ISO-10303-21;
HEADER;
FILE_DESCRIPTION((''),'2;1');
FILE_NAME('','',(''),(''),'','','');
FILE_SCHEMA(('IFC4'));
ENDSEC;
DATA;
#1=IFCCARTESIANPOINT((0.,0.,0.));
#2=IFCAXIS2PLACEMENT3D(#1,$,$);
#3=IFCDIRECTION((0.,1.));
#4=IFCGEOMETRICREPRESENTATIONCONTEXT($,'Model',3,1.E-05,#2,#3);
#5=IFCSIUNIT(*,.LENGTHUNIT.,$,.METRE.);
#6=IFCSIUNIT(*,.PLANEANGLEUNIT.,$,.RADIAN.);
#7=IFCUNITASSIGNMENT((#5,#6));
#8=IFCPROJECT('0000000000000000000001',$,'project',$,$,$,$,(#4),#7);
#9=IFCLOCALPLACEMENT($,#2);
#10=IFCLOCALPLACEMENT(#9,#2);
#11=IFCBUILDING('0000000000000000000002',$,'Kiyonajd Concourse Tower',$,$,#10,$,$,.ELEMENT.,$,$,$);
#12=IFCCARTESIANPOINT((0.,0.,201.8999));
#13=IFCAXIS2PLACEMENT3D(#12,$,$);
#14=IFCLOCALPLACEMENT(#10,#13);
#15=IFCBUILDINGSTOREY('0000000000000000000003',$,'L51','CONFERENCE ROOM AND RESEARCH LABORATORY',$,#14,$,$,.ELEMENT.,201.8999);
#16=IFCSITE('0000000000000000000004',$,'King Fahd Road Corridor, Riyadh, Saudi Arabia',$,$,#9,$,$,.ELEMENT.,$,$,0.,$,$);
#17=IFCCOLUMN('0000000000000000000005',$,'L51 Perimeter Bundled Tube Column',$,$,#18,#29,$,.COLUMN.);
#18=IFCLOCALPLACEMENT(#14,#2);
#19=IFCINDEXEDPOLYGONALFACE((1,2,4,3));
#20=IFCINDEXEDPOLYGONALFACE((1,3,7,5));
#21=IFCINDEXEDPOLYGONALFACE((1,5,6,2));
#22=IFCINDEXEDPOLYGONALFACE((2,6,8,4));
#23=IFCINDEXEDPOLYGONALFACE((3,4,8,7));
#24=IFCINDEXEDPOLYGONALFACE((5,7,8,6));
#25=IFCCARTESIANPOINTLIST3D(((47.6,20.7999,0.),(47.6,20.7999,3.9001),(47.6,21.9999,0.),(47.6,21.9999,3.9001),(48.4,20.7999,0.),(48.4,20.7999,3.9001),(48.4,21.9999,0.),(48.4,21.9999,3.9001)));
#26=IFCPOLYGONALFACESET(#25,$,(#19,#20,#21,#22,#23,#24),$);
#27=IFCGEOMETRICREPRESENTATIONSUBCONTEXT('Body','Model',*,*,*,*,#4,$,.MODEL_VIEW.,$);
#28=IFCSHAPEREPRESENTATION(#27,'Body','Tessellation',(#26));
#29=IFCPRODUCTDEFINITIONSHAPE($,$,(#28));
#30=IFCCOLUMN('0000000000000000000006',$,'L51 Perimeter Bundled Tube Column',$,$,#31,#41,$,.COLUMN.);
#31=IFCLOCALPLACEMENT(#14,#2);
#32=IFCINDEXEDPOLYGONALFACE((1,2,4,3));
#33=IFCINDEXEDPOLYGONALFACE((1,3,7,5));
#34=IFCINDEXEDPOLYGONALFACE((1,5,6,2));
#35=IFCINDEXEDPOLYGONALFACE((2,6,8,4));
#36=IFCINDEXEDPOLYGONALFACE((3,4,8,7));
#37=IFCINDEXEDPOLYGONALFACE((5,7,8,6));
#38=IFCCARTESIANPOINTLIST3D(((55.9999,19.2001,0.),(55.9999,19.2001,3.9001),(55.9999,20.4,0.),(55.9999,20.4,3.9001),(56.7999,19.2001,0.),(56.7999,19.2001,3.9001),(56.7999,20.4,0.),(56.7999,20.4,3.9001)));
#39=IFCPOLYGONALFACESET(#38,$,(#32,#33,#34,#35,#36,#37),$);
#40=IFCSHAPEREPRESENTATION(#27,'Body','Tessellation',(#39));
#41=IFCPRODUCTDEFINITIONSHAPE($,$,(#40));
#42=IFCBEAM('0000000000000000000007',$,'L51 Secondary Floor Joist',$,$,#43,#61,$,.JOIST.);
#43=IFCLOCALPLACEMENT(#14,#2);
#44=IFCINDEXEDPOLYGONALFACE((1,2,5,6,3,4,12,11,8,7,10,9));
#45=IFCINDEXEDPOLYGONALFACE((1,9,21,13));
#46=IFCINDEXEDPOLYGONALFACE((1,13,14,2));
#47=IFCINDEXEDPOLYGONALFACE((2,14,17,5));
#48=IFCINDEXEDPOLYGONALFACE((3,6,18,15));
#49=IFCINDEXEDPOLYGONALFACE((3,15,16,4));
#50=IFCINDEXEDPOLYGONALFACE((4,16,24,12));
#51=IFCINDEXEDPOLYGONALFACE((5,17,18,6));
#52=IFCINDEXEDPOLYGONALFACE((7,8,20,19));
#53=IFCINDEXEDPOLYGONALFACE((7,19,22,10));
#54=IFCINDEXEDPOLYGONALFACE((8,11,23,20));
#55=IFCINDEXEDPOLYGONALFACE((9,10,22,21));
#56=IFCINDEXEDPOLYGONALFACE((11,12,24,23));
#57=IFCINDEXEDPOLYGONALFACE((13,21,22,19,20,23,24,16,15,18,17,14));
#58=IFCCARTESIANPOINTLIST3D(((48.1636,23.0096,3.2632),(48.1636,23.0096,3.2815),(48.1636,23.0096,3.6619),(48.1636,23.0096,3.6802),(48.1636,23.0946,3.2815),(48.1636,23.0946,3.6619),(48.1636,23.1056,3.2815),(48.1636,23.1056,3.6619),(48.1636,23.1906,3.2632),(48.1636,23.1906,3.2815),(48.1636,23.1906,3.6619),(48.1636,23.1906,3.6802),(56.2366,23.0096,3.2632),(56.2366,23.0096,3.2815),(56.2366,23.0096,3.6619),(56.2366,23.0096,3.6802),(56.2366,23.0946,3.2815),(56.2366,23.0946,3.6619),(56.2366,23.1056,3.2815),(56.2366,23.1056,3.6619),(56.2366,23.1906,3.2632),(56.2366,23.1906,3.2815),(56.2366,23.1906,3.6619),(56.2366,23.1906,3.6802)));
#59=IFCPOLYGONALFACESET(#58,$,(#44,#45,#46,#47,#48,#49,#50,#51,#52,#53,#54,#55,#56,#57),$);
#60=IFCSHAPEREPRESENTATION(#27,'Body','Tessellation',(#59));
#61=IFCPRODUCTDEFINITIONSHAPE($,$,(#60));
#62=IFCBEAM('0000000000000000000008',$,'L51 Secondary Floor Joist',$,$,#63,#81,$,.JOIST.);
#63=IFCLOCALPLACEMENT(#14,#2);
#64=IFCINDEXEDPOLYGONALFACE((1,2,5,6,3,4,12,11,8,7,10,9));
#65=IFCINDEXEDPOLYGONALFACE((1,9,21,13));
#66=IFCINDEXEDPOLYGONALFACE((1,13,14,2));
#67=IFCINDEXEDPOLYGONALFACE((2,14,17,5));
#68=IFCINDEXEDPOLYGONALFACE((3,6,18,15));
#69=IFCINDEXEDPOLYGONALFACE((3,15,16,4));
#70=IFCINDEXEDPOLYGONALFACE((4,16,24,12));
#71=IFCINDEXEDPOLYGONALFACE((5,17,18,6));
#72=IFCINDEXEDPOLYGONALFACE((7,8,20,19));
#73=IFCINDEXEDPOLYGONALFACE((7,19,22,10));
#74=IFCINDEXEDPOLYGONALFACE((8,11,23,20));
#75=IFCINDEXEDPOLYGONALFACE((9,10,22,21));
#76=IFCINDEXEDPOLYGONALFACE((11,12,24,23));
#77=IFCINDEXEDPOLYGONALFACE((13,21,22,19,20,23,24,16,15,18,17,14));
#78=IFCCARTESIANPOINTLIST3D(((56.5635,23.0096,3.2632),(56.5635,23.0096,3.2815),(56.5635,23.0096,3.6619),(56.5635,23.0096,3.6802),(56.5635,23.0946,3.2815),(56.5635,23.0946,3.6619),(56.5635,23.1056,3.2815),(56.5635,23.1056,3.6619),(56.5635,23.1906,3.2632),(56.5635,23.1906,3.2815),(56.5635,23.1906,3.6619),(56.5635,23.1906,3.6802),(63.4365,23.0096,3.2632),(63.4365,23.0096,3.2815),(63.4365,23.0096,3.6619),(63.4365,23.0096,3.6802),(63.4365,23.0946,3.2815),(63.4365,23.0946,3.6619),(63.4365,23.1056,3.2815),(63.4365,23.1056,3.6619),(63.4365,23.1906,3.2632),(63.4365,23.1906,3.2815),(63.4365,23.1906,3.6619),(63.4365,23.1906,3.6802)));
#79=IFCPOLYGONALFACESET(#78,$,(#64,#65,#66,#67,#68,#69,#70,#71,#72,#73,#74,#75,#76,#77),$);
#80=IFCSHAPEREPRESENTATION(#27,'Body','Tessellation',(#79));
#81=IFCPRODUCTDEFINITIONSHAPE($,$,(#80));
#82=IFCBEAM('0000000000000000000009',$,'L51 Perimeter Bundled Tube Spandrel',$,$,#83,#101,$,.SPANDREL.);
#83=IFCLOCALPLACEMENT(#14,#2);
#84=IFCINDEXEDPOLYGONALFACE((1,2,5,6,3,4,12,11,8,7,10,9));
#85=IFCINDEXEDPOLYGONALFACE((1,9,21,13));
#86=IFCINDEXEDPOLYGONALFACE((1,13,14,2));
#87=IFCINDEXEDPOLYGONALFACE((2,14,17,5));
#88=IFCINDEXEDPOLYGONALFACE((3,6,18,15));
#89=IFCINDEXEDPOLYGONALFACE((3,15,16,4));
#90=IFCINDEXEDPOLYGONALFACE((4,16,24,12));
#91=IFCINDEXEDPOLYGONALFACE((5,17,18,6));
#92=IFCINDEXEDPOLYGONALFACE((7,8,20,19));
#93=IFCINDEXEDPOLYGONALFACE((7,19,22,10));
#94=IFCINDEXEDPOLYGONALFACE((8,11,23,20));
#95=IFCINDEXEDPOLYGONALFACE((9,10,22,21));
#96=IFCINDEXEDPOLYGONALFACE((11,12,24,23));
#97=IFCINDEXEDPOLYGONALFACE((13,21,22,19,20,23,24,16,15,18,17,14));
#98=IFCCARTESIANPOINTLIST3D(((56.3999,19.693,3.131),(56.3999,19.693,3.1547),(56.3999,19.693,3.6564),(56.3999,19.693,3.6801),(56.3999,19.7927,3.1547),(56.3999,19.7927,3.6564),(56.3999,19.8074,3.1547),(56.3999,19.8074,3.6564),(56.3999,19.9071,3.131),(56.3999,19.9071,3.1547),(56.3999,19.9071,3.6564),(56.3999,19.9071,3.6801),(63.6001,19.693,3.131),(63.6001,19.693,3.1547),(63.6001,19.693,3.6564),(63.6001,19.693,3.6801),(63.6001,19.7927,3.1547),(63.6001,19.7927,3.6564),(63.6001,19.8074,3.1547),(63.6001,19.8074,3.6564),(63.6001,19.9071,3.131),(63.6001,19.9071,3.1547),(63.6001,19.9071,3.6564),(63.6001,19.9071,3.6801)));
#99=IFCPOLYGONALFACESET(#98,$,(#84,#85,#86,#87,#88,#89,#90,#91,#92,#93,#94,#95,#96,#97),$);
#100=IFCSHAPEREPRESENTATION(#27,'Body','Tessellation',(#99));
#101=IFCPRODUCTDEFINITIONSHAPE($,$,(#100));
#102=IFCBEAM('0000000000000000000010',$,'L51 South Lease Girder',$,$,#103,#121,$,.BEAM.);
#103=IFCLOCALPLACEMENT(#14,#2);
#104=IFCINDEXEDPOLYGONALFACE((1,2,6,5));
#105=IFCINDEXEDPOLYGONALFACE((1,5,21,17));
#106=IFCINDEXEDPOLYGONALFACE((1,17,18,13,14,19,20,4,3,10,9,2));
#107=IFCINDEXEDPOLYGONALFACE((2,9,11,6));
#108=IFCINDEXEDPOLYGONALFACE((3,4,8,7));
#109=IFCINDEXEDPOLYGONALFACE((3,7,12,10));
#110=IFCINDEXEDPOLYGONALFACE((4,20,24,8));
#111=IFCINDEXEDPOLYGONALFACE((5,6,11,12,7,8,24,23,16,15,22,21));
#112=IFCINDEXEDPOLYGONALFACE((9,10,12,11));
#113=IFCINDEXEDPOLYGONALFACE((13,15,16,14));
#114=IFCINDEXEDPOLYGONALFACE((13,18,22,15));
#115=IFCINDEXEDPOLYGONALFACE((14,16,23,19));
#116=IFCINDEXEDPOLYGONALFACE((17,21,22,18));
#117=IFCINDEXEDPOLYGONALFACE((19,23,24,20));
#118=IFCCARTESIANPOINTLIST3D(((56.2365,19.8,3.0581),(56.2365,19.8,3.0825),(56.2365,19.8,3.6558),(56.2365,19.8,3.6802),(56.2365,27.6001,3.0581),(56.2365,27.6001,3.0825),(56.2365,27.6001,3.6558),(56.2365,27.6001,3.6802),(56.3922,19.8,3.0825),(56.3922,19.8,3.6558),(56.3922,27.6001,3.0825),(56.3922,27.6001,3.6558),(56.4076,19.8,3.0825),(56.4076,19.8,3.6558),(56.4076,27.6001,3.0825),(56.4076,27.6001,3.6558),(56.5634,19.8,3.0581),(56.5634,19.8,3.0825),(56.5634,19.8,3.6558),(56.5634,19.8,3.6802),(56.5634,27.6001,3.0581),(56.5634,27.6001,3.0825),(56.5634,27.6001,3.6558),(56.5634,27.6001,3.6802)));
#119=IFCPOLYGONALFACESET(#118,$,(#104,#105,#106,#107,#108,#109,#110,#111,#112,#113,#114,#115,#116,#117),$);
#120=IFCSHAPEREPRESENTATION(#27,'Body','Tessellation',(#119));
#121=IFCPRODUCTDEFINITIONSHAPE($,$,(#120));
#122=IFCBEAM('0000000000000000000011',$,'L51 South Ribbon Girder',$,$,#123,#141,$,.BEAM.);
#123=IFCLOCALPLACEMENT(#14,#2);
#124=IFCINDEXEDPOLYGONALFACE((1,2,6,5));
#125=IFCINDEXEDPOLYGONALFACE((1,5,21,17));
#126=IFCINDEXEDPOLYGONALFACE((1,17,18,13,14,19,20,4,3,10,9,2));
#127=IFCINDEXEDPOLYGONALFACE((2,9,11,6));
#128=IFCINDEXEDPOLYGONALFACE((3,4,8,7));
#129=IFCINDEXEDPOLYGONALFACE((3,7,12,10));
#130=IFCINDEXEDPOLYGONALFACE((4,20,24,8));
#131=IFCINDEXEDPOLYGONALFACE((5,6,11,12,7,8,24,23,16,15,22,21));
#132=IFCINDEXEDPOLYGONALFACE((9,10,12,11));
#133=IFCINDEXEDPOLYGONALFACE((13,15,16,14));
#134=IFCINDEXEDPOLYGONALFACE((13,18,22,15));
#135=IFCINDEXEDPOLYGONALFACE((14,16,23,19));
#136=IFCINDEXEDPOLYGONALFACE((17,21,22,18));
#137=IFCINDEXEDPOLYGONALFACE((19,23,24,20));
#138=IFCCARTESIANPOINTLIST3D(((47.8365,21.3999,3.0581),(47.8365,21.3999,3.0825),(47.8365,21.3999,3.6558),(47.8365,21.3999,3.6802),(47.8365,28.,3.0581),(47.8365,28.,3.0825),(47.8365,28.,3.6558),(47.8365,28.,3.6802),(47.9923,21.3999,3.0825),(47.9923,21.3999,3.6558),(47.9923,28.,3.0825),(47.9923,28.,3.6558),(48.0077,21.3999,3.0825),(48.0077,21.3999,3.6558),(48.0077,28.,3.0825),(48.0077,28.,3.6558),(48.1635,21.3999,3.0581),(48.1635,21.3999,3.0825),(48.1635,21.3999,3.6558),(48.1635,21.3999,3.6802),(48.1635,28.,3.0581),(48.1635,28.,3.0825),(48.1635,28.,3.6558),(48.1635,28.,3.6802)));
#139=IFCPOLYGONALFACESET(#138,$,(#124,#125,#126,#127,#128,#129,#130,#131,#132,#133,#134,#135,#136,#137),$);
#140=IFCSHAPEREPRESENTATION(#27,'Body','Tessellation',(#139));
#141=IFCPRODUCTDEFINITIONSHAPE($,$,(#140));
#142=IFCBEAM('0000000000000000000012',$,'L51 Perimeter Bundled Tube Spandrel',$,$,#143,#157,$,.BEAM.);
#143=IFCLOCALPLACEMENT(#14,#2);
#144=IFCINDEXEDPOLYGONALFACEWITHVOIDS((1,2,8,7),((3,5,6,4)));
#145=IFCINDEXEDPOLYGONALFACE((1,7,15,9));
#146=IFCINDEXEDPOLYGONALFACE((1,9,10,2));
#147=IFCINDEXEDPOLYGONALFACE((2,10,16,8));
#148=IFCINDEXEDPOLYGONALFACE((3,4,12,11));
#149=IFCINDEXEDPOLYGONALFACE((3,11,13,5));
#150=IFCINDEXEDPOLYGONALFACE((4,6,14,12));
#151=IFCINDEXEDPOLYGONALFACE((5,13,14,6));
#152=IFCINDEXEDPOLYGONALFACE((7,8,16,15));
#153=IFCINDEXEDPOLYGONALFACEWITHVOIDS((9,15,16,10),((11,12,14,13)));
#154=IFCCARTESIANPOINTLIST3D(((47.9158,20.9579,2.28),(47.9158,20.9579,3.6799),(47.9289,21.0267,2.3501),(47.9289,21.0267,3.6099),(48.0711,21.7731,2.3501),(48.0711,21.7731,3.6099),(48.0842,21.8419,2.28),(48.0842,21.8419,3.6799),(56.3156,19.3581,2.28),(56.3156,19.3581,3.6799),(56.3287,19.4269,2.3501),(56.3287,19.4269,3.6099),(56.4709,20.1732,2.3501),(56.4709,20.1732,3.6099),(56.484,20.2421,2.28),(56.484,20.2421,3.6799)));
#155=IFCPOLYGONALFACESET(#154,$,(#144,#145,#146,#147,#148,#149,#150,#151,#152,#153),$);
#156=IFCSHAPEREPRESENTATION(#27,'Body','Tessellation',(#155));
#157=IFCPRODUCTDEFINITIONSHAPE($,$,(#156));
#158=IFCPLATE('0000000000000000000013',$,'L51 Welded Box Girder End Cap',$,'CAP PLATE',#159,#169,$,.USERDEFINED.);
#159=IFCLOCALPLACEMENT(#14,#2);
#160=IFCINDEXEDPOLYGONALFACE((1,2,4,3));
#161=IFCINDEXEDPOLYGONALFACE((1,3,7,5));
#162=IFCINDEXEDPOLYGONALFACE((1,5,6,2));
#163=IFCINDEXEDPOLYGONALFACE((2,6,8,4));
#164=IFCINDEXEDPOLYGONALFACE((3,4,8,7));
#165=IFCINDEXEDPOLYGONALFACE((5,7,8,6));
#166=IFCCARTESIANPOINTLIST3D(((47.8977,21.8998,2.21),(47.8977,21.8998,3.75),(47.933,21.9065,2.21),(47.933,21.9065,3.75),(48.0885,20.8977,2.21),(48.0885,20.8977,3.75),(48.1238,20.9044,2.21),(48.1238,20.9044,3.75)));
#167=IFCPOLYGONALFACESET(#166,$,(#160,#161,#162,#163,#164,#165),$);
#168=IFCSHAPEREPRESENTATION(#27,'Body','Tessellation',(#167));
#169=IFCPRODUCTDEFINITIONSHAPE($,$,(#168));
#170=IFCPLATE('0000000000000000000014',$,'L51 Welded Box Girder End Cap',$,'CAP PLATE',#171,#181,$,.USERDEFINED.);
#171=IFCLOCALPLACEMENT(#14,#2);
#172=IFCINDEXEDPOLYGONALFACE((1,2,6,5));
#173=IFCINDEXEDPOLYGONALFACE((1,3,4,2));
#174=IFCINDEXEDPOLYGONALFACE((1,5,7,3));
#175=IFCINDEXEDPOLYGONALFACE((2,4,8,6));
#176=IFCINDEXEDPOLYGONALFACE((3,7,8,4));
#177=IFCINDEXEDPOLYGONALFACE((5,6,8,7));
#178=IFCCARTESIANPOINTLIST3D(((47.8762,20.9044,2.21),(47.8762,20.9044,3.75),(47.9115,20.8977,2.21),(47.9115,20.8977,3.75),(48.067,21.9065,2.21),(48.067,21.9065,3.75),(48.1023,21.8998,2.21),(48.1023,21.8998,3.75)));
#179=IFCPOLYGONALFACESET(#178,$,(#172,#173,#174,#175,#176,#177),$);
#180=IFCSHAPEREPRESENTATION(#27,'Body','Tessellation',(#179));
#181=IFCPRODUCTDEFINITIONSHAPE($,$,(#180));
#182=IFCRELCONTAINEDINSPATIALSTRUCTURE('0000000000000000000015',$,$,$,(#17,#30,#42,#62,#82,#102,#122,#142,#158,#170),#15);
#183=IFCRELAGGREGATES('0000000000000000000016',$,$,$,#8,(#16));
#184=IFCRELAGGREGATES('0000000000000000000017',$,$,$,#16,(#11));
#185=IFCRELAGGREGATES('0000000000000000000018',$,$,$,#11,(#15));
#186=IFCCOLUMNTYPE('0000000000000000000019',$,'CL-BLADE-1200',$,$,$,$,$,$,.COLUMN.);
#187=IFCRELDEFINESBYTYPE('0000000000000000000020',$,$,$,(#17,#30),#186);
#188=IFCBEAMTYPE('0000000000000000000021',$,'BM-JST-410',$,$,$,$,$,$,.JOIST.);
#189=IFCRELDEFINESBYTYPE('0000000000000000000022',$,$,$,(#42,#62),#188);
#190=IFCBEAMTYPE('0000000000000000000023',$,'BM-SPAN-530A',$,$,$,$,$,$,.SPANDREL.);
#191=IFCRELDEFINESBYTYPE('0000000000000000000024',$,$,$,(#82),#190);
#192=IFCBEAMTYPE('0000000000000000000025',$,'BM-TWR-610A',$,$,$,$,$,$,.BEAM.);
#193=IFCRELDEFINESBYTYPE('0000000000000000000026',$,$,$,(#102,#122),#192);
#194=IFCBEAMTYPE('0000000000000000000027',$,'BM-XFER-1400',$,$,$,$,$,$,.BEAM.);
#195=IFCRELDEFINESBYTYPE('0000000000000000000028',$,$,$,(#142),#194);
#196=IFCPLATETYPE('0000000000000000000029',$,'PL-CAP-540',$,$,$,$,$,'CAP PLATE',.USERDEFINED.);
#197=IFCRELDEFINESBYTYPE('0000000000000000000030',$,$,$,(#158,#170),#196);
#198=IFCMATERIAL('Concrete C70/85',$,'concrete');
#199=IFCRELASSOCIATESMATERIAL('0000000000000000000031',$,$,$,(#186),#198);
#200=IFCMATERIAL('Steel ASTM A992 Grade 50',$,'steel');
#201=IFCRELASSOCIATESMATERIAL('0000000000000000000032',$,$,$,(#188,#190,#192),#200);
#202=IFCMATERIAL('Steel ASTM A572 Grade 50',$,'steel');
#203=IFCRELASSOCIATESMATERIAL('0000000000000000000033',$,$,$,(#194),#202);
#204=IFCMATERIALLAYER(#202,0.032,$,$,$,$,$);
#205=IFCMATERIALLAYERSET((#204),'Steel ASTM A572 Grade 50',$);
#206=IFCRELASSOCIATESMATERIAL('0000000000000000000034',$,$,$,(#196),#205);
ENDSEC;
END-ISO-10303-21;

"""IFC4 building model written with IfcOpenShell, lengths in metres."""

from ifc_helpers import new_model, si_unit, direction, frame, origin, origin_2d, place, context, subcontext, project, spatial, rectangle, hollow_rectangle, i_section, extrude, material, layer, layer_set, material_profile, profile_set, type_object, element, save


model = new_model("IFC4")

# Units and contexts
model_context = context("Model", 3, precision=1e-05, world=origin(), true_north=direction((0.0, 1.0)))
body_context = subcontext(model_context, "Body", "Model", "MODEL_VIEW")
ifc_project = project(units=[si_unit("LENGTHUNIT", "METRE"), si_unit("PLANEANGLEUNIT", "RADIAN")], contexts=[model_context])

# Site, building, storey
site_placement = place(None, origin())
site = spatial("IfcSite", under=ifc_project, at=site_placement, Name="King Fahd Road Corridor, Riyadh, Saudi Arabia", CompositionType="ELEMENT", RefElevation=0.0)
building_placement = place(site_placement, origin())
building = spatial("IfcBuilding", under=site, at=building_placement, Name="Kiyonajd Concourse Tower", CompositionType="ELEMENT")
storey_placement = place(building_placement, frame((0.0, 0.0, 201.8999)))
storey = spatial("IfcBuildingStorey", under=building, at=storey_placement, Name="L51", Description="CONFERENCE ROOM AND RESEARCH LABORATORY", CompositionType="ELEMENT", Elevation=201.8999)

# Columns
ifc_material_1 = material(Name="Concrete C70/85", Category="concrete")
ifc_material_profile_1 = material_profile(ifc_material_1, rectangle(XDim=0.8, YDim=1.2, at=origin_2d()), Name="RC-1200x800")
ifc_profile_set_1 = profile_set([ifc_material_profile_1], Name="Concrete C70/85")
column_type = type_object("IfcColumnType", Name="CL-BLADE-1200", PredefinedType="COLUMN", material=ifc_profile_set_1)
for number, where, z_axis, x_axis, name in (
    (1, (48.0, 21.3999, 0.0), (0.0, 0.0, 1.0), (1.0, 0.0, 0.0), "L51 Perimeter Bundled Tube Column"),
    (2, (56.3999, 19.8, 0.0), (0.0, 0.0, 1.0), (1.0, 0.0, 0.0), "L51 Perimeter Bundled Tube Column"),
):
    element("IfcColumn", number, at=place(storey_placement, frame(where, z_axis=z_axis, x_axis=x_axis)), inside=storey, type_object=column_type, Name=name, PredefinedType="COLUMN", context=body_context, shape_type="SweptSolid", body=[
        extrude(rectangle(XDim=0.8, YDim=1.2, at=origin_2d()), origin(), (0.0, 0.0, 1.0), 3.9001),
    ])

# Beams
ifc_material_2 = material(Name="Steel ASTM A992 Grade 50", Category="steel")
ifc_material_profile_2 = material_profile(ifc_material_2, i_section(OverallWidth=0.1809, OverallDepth=0.417, WebThickness=0.011, FlangeThickness=0.0183, at=origin_2d()), Name="W410X85")
ifc_profile_set_2 = profile_set([ifc_material_profile_2], Name="Steel ASTM A992 Grade 50")
beam_type_1 = type_object("IfcBeamType", Name="BM-JST-410", PredefinedType="JOIST", material=ifc_profile_set_2)
beam_1_placement = place(storey_placement, frame((48.1636, 23.1001, 3.4717), z_axis=(1.0, 0.0, 0.0), x_axis=(0.0, 1.0, 0.0)))
element("IfcBeam", 3, at=beam_1_placement, inside=storey, type_object=beam_type_1, Name="L51 Secondary Floor Joist", PredefinedType="JOIST", context=body_context, shape_type="SweptSolid", body=[
    extrude(i_section(OverallWidth=0.1809, OverallDepth=0.417, WebThickness=0.011, FlangeThickness=0.0183, at=origin_2d()), origin(), (0.0, 0.0, 1.0), 8.073),
])
beam_2_placement = place(storey_placement, frame((56.5635, 23.1001, 3.4717), z_axis=(1.0, 0.0, 0.0), x_axis=(0.0, 1.0, 0.0)))
element("IfcBeam", 4, at=beam_2_placement, inside=storey, type_object=beam_type_1, Name="L51 Secondary Floor Joist", PredefinedType="JOIST", context=body_context, shape_type="SweptSolid", body=[
    extrude(i_section(OverallWidth=0.1809, OverallDepth=0.417, WebThickness=0.011, FlangeThickness=0.0183, at=origin_2d()), origin(), (0.0, 0.0, 1.0), 6.873),
])
ifc_material_profile_3 = material_profile(ifc_material_2, i_section(OverallWidth=0.2141, OverallDepth=0.5491, WebThickness=0.0146, FlangeThickness=0.0237, at=origin_2d()), Name="W530X138")
ifc_profile_set_3 = profile_set([ifc_material_profile_3], Name="Steel ASTM A992 Grade 50")
beam_type_2 = type_object("IfcBeamType", Name="BM-SPAN-530A", PredefinedType="SPANDREL", material=ifc_profile_set_3)
beam_3_placement = place(storey_placement, frame((56.3999, 19.8, 3.4055), z_axis=(1.0, 0.0, 0.0), x_axis=(0.0, 1.0, 0.0)))
element("IfcBeam", 5, at=beam_3_placement, inside=storey, type_object=beam_type_2, Name="L51 Perimeter Bundled Tube Spandrel", PredefinedType="SPANDREL", context=body_context, shape_type="SweptSolid", body=[
    extrude(i_section(OverallWidth=0.2141, OverallDepth=0.5491, WebThickness=0.0146, FlangeThickness=0.0237, at=origin_2d()), origin(), (0.0, 0.0, 1.0), 7.2002),
])
ifc_material_profile_4 = material_profile(ifc_material_2, i_section(OverallWidth=0.3269, OverallDepth=0.6221, WebThickness=0.0154, FlangeThickness=0.0244, at=origin_2d()), Name="W610X195")
ifc_profile_set_4 = profile_set([ifc_material_profile_4], Name="Steel ASTM A992 Grade 50")
beam_type_3 = type_object("IfcBeamType", Name="BM-TWR-610A", PredefinedType="BEAM", material=ifc_profile_set_4)
beam_4_placement = place(storey_placement, frame((56.3999, 19.8, 3.3691), z_axis=(0.0, 1.0, 0.0), x_axis=(-1.0, 0.0, 0.0)))
element("IfcBeam", 6, at=beam_4_placement, inside=storey, type_object=beam_type_3, Name="L51 South Lease Girder", PredefinedType="BEAM", context=body_context, shape_type="SweptSolid", body=[
    extrude(i_section(OverallWidth=0.3269, OverallDepth=0.6221, WebThickness=0.0154, FlangeThickness=0.0244, at=origin_2d()), origin(), (0.0, 0.0, 1.0), 7.8),
])
beam_5_placement = place(storey_placement, frame((48.0, 21.3999, 3.3691), z_axis=(0.0, 1.0, 0.0), x_axis=(-1.0, 0.0, 0.0)))
element("IfcBeam", 7, at=beam_5_placement, inside=storey, type_object=beam_type_3, Name="L51 South Ribbon Girder", PredefinedType="BEAM", context=body_context, shape_type="SweptSolid", body=[
    extrude(i_section(OverallWidth=0.3269, OverallDepth=0.6221, WebThickness=0.0154, FlangeThickness=0.0244, at=origin_2d()), origin(), (0.0, 0.0, 1.0), 6.6001),
])
ifc_material_3 = material(Name="Steel ASTM A572 Grade 50", Category="steel")
ifc_material_profile_5 = material_profile(ifc_material_3, hollow_rectangle(XDim=0.8999, YDim=1.3999, WallThickness=0.0701, at=origin_2d()), Name="BOX-1400x900x70")
ifc_profile_set_5 = profile_set([ifc_material_profile_5], Name="Steel ASTM A572 Grade 50")
beam_type_4 = type_object("IfcBeamType", Name="BM-XFER-1400", PredefinedType="BEAM", material=ifc_profile_set_5)
beam_6_placement = place(storey_placement, frame((48.0, 21.3999, 2.98), z_axis=(0.982341, -0.187098, 0.0), x_axis=(0.187098, 0.982341, 0.0)))
element("IfcBeam", 8, at=beam_6_placement, inside=storey, type_object=beam_type_4, Name="L51 Perimeter Bundled Tube Spandrel", PredefinedType="BEAM", context=body_context, shape_type="SweptSolid", body=[
    extrude(hollow_rectangle(XDim=0.8999, YDim=1.3999, WallThickness=0.0701, at=origin_2d()), origin(), (0.0, 0.0, 1.0), 8.5508),
])

# Plates
ifc_layer_1 = layer(ifc_material_3, 0.032)
ifc_layer_set_1 = layer_set([ifc_layer_1], Name="Steel ASTM A572 Grade 50")
plate_type_1 = type_object("IfcPlateType", Name="PL-CAP-540", ElementType="CAP PLATE", PredefinedType="USERDEFINED", material=ifc_layer_set_1)
for number, where, z_axis, x_axis, name in (
    (9, (48.0107, 21.4021, 2.21), (0.0, 0.0, 1.0), (0.982353, 0.187038, 0.0), "L51 Welded Box Girder End Cap"),
    (10, (47.9893, 21.4021, 2.21), (0.0, 0.0, 1.0), (-0.982353, 0.187038, 0.0), "L51 Welded Box Girder End Cap"),
):
    element("IfcPlate", number, at=place(storey_placement, frame(where, z_axis=z_axis, x_axis=x_axis)), inside=storey, type_object=plate_type_1, Name=name, ObjectType="CAP PLATE", PredefinedType="USERDEFINED", context=body_context, shape_type="SweptSolid", body=[
        extrude(rectangle(XDim=0.0359, YDim=1.02, at=origin_2d()), origin(), (0.0, 0.0, 1.0), 1.54),
    ])

save(model, "model.ifc")
